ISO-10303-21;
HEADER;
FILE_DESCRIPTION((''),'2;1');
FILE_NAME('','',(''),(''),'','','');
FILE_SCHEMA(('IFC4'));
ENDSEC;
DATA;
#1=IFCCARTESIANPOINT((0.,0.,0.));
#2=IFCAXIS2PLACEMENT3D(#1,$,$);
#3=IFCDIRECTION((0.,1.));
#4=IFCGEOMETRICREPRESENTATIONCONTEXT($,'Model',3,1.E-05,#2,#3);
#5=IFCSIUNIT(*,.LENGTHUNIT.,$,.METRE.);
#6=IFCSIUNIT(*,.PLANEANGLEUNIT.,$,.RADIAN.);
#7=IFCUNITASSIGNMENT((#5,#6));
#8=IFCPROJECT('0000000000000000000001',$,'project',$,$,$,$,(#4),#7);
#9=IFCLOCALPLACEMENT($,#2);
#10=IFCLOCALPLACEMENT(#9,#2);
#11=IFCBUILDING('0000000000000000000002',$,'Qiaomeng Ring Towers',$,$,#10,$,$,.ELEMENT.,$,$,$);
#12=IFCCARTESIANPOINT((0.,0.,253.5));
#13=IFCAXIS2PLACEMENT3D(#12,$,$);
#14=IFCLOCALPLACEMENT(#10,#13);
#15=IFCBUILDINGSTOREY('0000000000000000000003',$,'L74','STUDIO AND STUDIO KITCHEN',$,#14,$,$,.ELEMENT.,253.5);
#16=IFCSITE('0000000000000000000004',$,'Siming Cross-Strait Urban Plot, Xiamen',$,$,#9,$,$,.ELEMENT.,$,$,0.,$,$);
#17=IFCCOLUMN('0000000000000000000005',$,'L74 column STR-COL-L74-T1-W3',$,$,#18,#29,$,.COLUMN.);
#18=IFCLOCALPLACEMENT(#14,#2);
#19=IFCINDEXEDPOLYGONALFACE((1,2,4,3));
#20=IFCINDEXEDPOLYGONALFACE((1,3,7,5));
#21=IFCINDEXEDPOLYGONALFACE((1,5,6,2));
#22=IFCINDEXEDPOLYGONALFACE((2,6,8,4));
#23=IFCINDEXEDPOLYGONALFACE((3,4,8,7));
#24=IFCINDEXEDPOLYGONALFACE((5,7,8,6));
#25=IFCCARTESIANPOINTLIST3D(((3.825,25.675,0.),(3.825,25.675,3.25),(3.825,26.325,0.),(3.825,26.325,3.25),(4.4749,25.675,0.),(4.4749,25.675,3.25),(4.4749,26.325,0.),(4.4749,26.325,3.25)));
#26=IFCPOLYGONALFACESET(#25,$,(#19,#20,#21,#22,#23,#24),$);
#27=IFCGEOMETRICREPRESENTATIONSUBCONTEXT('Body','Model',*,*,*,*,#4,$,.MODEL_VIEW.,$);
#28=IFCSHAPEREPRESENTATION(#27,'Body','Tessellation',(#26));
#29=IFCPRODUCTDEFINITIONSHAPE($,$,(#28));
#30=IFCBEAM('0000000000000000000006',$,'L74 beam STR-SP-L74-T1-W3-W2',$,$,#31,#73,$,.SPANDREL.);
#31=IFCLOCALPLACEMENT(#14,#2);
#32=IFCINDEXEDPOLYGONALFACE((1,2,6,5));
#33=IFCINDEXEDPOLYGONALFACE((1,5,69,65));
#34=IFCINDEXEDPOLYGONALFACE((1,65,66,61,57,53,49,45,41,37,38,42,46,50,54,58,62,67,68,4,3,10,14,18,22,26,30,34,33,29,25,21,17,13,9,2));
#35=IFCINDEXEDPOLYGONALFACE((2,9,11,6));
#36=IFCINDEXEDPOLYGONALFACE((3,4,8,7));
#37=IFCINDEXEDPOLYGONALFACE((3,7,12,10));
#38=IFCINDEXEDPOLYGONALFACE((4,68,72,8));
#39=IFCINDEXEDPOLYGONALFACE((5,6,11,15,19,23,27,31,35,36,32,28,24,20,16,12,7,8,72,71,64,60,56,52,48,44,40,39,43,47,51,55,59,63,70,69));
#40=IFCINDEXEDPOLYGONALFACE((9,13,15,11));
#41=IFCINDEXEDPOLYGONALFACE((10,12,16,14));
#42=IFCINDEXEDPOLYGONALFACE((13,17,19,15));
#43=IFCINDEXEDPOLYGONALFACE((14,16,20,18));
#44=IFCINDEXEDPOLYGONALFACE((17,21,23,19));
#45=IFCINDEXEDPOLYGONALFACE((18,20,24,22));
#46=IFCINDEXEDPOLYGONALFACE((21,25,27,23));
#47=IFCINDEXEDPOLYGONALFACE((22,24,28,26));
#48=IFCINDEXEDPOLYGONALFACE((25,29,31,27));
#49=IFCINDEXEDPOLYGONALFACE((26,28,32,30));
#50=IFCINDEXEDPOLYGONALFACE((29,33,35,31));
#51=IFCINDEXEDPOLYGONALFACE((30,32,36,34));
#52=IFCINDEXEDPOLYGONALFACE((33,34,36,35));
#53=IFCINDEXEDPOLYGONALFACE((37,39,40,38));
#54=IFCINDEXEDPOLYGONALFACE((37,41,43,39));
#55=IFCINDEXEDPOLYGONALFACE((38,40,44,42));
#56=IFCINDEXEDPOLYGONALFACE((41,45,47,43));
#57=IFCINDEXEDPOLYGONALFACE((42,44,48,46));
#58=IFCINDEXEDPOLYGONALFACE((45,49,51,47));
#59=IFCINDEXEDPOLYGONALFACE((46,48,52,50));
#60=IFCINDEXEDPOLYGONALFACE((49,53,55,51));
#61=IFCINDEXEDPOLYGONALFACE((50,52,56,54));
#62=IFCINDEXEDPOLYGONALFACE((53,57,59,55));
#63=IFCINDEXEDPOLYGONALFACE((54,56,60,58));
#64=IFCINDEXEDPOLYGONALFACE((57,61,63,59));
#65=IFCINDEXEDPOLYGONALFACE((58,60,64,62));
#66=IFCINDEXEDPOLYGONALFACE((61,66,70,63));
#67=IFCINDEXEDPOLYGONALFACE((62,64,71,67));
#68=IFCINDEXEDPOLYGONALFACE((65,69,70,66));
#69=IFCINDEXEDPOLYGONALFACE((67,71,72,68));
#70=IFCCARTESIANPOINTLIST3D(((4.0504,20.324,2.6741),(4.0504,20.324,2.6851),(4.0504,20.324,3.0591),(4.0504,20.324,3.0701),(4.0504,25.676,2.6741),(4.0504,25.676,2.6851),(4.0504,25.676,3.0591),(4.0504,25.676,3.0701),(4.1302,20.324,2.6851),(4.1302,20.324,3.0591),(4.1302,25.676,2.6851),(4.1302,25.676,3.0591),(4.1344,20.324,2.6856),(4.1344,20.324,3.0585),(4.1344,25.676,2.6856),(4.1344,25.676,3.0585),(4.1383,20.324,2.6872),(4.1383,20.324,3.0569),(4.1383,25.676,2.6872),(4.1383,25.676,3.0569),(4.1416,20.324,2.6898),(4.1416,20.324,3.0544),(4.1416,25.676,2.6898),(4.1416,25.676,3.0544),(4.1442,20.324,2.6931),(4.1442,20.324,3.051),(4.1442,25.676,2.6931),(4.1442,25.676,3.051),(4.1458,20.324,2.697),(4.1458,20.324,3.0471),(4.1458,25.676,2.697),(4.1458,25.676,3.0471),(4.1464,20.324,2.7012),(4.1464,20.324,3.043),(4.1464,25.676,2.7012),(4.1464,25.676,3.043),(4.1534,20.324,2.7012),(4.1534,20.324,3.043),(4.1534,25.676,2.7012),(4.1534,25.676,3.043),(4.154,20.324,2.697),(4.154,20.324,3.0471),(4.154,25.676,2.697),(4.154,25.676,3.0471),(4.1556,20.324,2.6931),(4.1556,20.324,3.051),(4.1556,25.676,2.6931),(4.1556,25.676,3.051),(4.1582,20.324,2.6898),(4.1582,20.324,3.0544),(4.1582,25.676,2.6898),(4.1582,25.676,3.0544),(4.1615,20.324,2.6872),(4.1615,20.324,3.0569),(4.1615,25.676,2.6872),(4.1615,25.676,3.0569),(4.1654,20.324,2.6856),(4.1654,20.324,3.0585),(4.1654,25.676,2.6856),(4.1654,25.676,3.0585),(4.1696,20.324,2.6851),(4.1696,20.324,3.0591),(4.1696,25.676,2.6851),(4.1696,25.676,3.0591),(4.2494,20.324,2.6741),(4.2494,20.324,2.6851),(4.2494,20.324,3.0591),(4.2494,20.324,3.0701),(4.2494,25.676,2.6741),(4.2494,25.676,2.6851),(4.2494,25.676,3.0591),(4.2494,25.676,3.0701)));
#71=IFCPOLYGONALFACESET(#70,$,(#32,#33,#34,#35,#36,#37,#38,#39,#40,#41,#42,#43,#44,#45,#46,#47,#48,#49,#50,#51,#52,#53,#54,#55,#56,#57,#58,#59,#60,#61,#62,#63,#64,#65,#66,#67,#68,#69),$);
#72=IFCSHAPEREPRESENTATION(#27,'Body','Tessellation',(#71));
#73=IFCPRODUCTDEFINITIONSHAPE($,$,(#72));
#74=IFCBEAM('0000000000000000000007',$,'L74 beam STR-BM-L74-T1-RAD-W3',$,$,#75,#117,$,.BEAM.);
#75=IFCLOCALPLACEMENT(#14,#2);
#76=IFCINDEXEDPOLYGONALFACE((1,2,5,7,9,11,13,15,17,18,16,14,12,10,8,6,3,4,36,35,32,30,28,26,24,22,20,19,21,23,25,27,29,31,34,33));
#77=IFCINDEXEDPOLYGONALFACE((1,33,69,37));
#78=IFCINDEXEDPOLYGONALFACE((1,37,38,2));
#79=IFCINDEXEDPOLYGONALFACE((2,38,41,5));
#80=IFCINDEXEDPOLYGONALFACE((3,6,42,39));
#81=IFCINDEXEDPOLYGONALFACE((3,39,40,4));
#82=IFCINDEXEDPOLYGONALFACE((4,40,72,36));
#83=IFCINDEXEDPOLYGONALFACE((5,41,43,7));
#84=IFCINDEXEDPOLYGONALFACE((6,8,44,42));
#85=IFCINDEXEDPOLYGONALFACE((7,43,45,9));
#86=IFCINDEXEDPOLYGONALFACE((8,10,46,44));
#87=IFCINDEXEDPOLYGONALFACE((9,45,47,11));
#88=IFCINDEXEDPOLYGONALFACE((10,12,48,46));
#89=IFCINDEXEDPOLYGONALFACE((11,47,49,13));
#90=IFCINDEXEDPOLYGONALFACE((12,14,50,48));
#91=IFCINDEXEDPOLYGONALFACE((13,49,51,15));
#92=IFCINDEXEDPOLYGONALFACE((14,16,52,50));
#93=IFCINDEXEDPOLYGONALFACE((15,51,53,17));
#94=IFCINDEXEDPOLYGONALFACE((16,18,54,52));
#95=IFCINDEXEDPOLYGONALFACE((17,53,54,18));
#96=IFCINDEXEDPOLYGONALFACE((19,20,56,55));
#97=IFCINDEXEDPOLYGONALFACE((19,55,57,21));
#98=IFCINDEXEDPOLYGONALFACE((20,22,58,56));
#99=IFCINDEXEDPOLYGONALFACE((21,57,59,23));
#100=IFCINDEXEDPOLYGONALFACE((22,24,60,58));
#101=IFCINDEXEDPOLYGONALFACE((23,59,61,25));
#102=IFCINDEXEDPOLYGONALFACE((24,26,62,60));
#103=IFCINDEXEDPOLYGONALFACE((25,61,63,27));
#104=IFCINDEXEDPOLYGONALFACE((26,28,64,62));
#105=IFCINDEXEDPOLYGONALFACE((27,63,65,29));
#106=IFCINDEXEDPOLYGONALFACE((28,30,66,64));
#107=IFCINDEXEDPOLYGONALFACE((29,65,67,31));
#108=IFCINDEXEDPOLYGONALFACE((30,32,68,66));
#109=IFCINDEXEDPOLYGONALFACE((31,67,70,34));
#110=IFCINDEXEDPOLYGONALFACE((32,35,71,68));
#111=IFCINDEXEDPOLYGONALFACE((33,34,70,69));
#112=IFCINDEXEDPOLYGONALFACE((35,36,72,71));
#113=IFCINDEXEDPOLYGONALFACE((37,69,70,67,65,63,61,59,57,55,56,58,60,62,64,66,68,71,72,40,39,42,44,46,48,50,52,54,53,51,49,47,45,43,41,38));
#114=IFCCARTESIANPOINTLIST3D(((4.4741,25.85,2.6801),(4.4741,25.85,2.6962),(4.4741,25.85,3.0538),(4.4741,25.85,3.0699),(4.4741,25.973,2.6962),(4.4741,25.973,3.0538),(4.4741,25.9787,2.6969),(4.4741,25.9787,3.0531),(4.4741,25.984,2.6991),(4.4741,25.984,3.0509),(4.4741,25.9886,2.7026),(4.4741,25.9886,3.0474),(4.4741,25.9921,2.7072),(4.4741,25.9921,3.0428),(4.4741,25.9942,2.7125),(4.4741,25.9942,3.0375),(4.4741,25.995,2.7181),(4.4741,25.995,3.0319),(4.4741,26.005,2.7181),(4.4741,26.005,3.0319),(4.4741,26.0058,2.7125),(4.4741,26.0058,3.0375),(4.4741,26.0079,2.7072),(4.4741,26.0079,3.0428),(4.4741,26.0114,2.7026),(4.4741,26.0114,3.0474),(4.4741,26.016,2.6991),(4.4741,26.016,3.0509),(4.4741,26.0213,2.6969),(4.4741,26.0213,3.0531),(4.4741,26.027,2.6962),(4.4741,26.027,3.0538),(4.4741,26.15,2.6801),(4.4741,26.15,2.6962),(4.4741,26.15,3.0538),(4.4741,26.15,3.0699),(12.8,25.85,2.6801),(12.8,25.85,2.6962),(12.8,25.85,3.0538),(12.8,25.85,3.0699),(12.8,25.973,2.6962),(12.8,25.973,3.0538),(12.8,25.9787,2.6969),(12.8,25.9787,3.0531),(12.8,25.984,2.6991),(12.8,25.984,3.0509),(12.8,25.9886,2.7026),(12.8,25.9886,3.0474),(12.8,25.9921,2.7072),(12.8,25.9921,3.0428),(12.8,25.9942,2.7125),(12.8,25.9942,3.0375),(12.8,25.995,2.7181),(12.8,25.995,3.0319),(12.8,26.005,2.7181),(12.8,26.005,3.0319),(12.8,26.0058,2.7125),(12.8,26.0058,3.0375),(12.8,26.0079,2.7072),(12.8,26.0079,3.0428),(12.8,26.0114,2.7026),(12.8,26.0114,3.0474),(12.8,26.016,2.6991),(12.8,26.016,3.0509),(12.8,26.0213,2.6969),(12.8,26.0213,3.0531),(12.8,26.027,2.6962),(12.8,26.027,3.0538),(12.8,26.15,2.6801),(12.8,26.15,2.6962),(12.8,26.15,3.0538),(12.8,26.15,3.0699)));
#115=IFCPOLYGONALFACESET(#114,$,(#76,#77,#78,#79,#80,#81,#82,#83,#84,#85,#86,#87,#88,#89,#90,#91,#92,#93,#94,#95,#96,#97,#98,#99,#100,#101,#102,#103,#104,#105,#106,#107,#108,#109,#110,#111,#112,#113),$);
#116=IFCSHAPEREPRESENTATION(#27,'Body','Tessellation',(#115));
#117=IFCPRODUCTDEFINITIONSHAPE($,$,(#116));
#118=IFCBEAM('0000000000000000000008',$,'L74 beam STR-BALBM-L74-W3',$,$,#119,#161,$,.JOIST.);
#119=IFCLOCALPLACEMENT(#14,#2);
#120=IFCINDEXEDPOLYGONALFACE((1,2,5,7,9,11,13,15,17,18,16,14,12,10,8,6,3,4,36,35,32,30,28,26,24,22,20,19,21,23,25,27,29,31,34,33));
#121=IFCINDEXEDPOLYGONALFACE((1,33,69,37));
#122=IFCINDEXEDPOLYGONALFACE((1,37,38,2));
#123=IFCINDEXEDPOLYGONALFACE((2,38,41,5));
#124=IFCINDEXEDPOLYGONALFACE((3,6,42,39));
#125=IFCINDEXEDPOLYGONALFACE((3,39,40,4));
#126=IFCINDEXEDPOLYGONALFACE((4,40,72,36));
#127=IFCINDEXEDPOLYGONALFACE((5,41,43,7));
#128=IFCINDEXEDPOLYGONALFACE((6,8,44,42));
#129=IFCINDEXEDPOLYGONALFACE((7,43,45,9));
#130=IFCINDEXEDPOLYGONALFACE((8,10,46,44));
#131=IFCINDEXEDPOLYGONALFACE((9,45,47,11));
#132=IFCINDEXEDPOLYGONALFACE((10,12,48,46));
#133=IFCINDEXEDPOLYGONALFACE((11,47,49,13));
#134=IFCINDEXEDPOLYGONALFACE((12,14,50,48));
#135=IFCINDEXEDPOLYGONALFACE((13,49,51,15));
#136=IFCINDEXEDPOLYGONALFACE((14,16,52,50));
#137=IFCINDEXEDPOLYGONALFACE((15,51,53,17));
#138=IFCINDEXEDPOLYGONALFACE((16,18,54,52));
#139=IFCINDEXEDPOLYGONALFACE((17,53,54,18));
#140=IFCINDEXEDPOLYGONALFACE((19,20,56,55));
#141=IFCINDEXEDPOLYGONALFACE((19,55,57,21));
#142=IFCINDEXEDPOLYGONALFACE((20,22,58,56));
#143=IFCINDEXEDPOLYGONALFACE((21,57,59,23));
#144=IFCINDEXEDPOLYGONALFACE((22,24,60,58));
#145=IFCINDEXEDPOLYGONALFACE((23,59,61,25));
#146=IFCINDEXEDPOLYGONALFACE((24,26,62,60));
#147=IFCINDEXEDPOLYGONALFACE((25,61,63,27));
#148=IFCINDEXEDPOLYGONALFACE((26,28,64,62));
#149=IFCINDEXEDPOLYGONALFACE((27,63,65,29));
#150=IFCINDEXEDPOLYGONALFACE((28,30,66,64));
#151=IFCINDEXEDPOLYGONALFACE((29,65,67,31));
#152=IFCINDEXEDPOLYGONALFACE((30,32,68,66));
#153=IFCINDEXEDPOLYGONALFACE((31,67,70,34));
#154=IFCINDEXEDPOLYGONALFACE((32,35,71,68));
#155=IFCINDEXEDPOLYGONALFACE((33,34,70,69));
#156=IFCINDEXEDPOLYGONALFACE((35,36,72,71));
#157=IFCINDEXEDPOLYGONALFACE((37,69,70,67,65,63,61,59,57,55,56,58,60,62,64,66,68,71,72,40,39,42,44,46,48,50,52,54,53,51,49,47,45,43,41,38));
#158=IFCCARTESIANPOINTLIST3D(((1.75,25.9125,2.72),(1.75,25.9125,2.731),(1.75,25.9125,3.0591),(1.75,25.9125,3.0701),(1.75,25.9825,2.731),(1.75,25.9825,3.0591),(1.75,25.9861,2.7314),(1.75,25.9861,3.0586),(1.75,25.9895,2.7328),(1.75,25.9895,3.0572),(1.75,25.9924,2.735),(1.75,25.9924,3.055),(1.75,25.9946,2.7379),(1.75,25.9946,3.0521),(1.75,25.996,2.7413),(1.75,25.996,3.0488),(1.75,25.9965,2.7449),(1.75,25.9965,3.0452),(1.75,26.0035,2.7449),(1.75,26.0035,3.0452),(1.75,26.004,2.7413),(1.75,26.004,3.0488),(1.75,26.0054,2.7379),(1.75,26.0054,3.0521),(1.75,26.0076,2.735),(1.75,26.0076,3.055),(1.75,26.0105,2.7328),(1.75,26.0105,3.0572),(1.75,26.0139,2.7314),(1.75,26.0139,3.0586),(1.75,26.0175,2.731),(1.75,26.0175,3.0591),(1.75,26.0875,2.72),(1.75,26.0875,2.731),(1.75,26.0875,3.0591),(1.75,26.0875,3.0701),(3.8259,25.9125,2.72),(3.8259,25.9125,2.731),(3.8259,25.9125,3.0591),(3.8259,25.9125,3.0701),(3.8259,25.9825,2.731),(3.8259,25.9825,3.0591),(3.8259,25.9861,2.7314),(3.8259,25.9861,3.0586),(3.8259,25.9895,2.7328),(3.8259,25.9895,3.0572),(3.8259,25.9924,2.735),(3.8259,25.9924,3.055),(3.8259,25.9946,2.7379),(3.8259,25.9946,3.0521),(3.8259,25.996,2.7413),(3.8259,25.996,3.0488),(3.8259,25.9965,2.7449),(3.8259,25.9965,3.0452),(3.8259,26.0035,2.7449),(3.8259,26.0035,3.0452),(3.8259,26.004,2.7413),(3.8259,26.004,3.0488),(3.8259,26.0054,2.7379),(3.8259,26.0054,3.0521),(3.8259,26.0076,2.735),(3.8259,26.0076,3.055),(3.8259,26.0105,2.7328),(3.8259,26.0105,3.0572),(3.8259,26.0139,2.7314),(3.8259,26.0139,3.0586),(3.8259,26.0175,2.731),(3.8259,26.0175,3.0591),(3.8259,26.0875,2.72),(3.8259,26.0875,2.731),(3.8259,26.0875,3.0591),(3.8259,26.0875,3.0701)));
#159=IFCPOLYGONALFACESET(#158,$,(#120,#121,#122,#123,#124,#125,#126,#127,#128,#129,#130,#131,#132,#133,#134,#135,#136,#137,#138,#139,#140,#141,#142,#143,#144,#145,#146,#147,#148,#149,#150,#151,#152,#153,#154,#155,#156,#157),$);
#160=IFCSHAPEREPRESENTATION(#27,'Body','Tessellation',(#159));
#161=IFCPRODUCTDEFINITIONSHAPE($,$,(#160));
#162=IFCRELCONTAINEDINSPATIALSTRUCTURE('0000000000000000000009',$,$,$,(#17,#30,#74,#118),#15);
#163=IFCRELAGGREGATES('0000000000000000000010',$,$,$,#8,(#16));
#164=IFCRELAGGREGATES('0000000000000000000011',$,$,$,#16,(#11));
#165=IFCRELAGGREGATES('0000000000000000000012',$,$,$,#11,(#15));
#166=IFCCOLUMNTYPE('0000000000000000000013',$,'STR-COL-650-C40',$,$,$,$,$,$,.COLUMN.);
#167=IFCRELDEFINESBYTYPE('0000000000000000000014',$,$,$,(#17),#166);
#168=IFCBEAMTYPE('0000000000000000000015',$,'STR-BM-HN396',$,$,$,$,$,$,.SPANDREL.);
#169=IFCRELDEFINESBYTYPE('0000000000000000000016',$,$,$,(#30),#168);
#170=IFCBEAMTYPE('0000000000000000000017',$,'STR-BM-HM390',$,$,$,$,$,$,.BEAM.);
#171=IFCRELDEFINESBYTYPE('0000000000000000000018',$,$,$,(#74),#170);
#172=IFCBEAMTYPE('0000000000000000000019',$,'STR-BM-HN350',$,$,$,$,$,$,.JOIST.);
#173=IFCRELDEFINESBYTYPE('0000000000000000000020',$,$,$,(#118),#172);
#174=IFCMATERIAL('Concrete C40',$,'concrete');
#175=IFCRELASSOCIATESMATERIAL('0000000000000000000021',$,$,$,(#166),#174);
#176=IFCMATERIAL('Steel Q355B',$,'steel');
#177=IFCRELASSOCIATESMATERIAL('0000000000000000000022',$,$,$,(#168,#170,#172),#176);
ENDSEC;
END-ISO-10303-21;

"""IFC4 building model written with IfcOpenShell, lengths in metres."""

from ifc_helpers import new_model, si_unit, direction, frame, origin, origin_2d, place, context, subcontext, project, spatial, rectangle, i_section, extrude, source, transform, mapped, material, material_profile, profile_set, type_object, element, save


model = new_model("IFC4")

# Units and contexts
model_context = context("Model", 3, precision=1e-05, world=origin(), true_north=direction((0.0, 1.0)))
body_context = subcontext(model_context, "Body", "Model", "MODEL_VIEW")
ifc_project = project(units=[si_unit("LENGTHUNIT", "METRE"), si_unit("PLANEANGLEUNIT", "RADIAN")], contexts=[model_context])

# Site, building, storey
site_placement = place(None, origin())
site = spatial("IfcSite", under=ifc_project, at=site_placement, Name="Siming Cross-Strait Urban Plot, Xiamen", CompositionType="ELEMENT", RefElevation=0.0)
building_placement = place(site_placement, origin())
building = spatial("IfcBuilding", under=site, at=building_placement, Name="Qiaomeng Ring Towers", CompositionType="ELEMENT")
storey_placement = place(building_placement, frame((0.0, 0.0, 253.5)))
storey = spatial("IfcBuildingStorey", under=building, at=storey_placement, Name="L74", Description="STUDIO AND STUDIO KITCHEN", CompositionType="ELEMENT", Elevation=253.5)

# Column
ifc_material_1 = material(Name="Concrete C40", Category="concrete")
ifc_material_profile_1 = material_profile(ifc_material_1, rectangle(XDim=0.6499, YDim=0.6499, at=origin_2d()), Name="RC COL 650x650")
ifc_profile_set_1 = profile_set([ifc_material_profile_1], Name="Concrete C40")
column_type = type_object("IfcColumnType", Name="STR-COL-650-C40", PredefinedType="COLUMN", material=ifc_profile_set_1)
shared_shape_1 = source(origin(), body_context, "Body", "SweptSolid", [
    extrude(rectangle(XDim=0.6499, YDim=0.6499, at=origin_2d()), origin(), (0.0, 0.0, 1.0), 3.25),
])
column_placement = place(storey_placement, frame((4.1499, 26.0, 0.0), z_axis=(0.0, 0.0, 1.0), x_axis=(1.0, 0.0, 0.0)))
element("IfcColumn", 1, at=column_placement, inside=storey, type_object=column_type, Name="L74 column STR-COL-L74-T1-W3", PredefinedType="COLUMN", context=body_context, shape_type="MappedRepresentation", body=[
    mapped(shared_shape_1, transform((0.0, 0.0, 0.0), x_axis=(1.0, 0.0, 0.0), y_axis=(0.0, 1.0, 0.0), z_axis=(0.0, 0.0, 1.0), scale=1.0)),
])

# Beams
ifc_material_2 = material(Name="Steel Q355B", Category="steel")
ifc_material_profile_2 = material_profile(ifc_material_2, i_section(OverallWidth=0.199, OverallDepth=0.396, WebThickness=0.0071, FlangeThickness=0.011, FilletRadius=0.0161, at=origin_2d()), Name="HN 396x199x7x11")
ifc_profile_set_2 = profile_set([ifc_material_profile_2], Name="Steel Q355B")
beam_type_1 = type_object("IfcBeamType", Name="STR-BM-HN396", PredefinedType="SPANDREL", material=ifc_profile_set_2)
shared_shape_2 = source(origin(), body_context, "Body", "SweptSolid", [
    extrude(i_section(OverallWidth=0.199, OverallDepth=0.396, WebThickness=0.0071, FlangeThickness=0.011, FilletRadius=0.0161, at=origin_2d()), origin(), (0.0, 0.0, 1.0), 5.3521),
])
beam_1_placement = place(storey_placement, frame((4.1499, 25.676, 2.8721), z_axis=(0.0, -1.0, 0.0), x_axis=(1.0, 0.0, 0.0)))
element("IfcBeam", 2, at=beam_1_placement, inside=storey, type_object=beam_type_1, Name="L74 beam STR-SP-L74-T1-W3-W2", PredefinedType="SPANDREL", context=body_context, shape_type="MappedRepresentation", body=[
    mapped(shared_shape_2, transform((0.0, 0.0, 0.0), x_axis=(1.0, 0.0, 0.0), y_axis=(0.0, 1.0, 0.0), z_axis=(0.0, 0.0, 1.0), scale=1.0)),
])
ifc_material_profile_3 = material_profile(ifc_material_2, i_section(OverallWidth=0.3, OverallDepth=0.3899, WebThickness=0.01, FlangeThickness=0.0161, FilletRadius=0.022, at=origin_2d()), Name="HM 390x300x10x16")
ifc_profile_set_3 = profile_set([ifc_material_profile_3], Name="Steel Q355B")
beam_type_2 = type_object("IfcBeamType", Name="STR-BM-HM390", PredefinedType="BEAM", material=ifc_profile_set_3)
shared_shape_3 = source(origin(), body_context, "Body", "SweptSolid", [
    extrude(i_section(OverallWidth=0.3, OverallDepth=0.3899, WebThickness=0.01, FlangeThickness=0.0161, FilletRadius=0.022, at=origin_2d()), origin(), (0.0, 0.0, 1.0), 8.3259),
])
beam_2_placement = place(storey_placement, frame((4.4741, 26.0, 2.875), z_axis=(1.0, 0.0, 0.0), x_axis=(0.0, 1.0, 0.0)))
element("IfcBeam", 3, at=beam_2_placement, inside=storey, type_object=beam_type_2, Name="L74 beam STR-BM-L74-T1-RAD-W3", PredefinedType="BEAM", context=body_context, shape_type="MappedRepresentation", body=[
    mapped(shared_shape_3, transform((0.0, 0.0, 0.0), x_axis=(1.0, 0.0, 0.0), y_axis=(0.0, 1.0, 0.0), z_axis=(0.0, 0.0, 1.0), scale=1.0)),
])
ifc_material_profile_4 = material_profile(ifc_material_2, i_section(OverallWidth=0.175, OverallDepth=0.3501, WebThickness=0.0071, FlangeThickness=0.011, FilletRadius=0.0139, at=origin_2d()), Name="HN 350x175x7x11")
ifc_profile_set_4 = profile_set([ifc_material_profile_4], Name="Steel Q355B")
beam_type_3 = type_object("IfcBeamType", Name="STR-BM-HN350", PredefinedType="JOIST", material=ifc_profile_set_4)
shared_shape_4 = source(origin(), body_context, "Body", "SweptSolid", [
    extrude(i_section(OverallWidth=0.175, OverallDepth=0.3501, WebThickness=0.0071, FlangeThickness=0.011, FilletRadius=0.0139, at=origin_2d()), origin(), (0.0, 0.0, 1.0), 2.0759),
])
beam_3_placement = place(storey_placement, frame((1.75, 26.0, 2.895), z_axis=(1.0, 0.0, 0.0), x_axis=(0.0, 1.0, 0.0)))
element("IfcBeam", 4, at=beam_3_placement, inside=storey, type_object=beam_type_3, Name="L74 beam STR-BALBM-L74-W3", PredefinedType="JOIST", context=body_context, shape_type="MappedRepresentation", body=[
    mapped(shared_shape_4, transform((0.0, 0.0, 0.0), x_axis=(1.0, 0.0, 0.0), y_axis=(0.0, 1.0, 0.0), z_axis=(0.0, 0.0, 1.0), scale=1.0)),
])

save(model, "model.ifc")
